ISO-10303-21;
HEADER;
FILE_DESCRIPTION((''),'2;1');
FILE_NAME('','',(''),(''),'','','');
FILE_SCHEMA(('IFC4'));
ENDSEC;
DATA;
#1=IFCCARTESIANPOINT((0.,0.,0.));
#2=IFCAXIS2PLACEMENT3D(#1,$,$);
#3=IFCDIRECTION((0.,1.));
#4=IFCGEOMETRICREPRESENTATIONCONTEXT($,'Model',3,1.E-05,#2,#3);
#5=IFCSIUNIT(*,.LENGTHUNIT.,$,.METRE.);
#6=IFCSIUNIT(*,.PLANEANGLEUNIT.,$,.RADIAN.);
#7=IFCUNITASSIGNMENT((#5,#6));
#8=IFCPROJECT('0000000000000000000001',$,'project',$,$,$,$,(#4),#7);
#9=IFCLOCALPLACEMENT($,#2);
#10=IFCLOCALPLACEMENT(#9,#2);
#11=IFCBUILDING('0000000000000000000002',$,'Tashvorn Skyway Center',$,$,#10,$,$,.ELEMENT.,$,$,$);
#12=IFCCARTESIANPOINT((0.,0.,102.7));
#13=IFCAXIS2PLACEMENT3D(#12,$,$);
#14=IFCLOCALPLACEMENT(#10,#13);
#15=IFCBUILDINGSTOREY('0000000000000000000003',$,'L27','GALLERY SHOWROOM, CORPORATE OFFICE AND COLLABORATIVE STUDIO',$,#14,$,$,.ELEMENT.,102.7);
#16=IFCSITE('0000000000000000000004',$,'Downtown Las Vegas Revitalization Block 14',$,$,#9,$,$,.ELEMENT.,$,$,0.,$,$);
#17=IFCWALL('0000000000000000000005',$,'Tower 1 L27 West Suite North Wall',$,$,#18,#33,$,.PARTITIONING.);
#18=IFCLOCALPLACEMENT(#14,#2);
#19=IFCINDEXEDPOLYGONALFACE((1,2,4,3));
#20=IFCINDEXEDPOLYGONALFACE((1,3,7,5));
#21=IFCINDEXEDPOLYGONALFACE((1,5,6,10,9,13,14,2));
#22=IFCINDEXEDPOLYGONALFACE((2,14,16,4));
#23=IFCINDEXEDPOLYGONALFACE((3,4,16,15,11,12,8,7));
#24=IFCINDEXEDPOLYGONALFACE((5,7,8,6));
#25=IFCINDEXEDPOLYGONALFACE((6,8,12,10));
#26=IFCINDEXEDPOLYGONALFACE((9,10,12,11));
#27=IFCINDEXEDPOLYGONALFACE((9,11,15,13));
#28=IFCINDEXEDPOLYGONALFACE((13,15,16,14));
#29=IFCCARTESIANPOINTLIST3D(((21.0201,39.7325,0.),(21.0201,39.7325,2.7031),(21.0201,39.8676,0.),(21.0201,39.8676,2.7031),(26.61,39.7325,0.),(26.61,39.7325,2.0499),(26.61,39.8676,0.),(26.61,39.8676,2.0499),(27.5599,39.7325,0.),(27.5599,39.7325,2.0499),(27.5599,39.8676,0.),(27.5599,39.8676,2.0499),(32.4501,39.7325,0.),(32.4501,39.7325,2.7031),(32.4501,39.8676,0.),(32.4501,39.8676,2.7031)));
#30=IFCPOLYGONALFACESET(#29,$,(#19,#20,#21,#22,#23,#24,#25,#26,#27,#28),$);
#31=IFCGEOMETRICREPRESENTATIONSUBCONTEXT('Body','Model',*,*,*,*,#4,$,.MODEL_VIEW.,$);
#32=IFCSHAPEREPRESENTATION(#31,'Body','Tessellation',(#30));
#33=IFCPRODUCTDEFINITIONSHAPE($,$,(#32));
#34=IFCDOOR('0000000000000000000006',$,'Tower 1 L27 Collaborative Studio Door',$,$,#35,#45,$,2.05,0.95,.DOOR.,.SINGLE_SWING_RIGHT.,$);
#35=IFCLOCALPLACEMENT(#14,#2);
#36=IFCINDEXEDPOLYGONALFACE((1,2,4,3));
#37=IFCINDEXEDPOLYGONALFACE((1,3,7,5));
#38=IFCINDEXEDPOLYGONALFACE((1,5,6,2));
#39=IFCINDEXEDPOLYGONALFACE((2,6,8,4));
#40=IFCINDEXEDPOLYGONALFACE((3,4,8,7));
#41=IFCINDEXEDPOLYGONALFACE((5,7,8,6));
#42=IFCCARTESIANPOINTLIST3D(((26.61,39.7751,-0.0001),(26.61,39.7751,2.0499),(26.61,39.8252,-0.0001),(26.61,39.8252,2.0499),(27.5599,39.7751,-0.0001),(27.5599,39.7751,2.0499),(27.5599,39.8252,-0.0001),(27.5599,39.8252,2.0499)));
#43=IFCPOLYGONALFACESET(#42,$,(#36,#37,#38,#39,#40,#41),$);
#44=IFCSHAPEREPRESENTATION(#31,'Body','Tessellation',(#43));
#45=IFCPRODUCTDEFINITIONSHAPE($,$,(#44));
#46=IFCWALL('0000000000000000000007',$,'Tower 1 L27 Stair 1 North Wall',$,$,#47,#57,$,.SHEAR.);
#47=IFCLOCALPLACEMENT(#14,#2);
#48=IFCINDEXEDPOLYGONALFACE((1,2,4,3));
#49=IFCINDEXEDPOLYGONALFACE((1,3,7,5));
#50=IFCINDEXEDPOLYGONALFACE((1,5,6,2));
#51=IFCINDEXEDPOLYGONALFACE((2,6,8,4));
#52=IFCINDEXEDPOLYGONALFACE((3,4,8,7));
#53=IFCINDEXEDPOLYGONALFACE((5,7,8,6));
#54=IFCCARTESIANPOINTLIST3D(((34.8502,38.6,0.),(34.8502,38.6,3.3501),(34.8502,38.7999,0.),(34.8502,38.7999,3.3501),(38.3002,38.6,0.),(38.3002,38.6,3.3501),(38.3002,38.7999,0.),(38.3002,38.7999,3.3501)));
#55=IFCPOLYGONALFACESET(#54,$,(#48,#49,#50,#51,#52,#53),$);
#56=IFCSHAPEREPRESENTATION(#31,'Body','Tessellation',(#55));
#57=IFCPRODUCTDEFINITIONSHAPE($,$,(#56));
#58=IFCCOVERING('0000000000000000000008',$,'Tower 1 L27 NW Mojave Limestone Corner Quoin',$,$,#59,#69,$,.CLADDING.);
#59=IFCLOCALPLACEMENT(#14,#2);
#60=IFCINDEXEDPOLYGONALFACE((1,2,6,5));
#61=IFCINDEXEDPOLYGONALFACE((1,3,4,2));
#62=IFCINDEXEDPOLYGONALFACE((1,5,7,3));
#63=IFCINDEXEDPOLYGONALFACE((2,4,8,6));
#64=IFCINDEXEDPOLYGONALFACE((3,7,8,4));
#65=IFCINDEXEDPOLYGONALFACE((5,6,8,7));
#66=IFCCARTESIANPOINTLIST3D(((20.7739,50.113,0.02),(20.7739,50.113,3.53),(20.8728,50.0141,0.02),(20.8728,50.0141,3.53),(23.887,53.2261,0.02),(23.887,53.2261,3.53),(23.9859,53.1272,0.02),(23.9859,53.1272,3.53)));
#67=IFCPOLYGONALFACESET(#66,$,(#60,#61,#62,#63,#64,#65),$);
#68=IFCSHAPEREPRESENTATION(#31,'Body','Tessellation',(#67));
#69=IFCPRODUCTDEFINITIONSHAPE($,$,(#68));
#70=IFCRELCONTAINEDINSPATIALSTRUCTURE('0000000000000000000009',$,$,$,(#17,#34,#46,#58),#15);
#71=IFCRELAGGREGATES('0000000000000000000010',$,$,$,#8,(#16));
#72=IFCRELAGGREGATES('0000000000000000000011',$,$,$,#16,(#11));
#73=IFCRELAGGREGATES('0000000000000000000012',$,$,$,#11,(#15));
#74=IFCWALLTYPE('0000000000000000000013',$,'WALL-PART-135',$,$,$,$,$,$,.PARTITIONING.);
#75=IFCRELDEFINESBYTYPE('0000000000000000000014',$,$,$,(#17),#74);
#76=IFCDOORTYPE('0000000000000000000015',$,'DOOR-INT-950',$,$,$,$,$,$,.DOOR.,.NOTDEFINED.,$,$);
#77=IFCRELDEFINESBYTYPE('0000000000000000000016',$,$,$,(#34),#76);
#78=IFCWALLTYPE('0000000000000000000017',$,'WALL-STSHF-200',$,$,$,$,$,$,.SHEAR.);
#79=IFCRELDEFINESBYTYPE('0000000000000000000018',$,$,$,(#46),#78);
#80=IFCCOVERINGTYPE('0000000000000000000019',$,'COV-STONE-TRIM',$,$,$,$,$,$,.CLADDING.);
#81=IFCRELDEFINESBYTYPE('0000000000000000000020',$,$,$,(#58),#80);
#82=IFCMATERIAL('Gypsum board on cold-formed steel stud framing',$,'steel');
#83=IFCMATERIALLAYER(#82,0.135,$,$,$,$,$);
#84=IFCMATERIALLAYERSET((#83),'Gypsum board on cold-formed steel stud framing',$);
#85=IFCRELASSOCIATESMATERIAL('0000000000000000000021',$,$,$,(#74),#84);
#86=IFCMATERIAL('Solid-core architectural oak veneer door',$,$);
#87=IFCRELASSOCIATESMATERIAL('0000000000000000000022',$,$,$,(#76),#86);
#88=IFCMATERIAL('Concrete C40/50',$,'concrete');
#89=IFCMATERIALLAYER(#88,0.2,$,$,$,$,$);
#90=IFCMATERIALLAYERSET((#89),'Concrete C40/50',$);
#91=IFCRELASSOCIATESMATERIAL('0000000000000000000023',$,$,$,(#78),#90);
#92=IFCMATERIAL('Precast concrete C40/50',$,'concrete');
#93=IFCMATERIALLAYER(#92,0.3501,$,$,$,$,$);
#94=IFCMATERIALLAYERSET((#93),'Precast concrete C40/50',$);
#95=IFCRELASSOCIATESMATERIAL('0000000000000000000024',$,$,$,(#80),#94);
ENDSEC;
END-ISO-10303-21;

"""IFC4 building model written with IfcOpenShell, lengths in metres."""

from ifc_helpers import new_model, si_unit, direction, frame, frame_2d, origin, origin_2d, place, context, subcontext, project, spatial, rectangle, extrude, material, layer, layer_set, type_object, element, fill, save


model = new_model("IFC4")

# Units and contexts
model_context = context("Model", 3, precision=1e-05, world=origin(), true_north=direction((0.0, 1.0)))
body_context = subcontext(model_context, "Body", "Model", "MODEL_VIEW")
ifc_project = project(units=[si_unit("LENGTHUNIT", "METRE"), si_unit("PLANEANGLEUNIT", "RADIAN")], contexts=[model_context])

# Site, building, storey
site_placement = place(None, origin())
site = spatial("IfcSite", under=ifc_project, at=site_placement, Name="Downtown Las Vegas Revitalization Block 14", CompositionType="ELEMENT", RefElevation=0.0)
building_placement = place(site_placement, origin())
building = spatial("IfcBuilding", under=site, at=building_placement, Name="Tashvorn Skyway Center", CompositionType="ELEMENT")
storey_placement = place(building_placement, frame((0.0, 0.0, 102.7)))
storey = spatial("IfcBuildingStorey", under=building, at=storey_placement, Name="L27", Description="GALLERY SHOWROOM, CORPORATE OFFICE AND COLLABORATIVE STUDIO", CompositionType="ELEMENT", Elevation=102.7)

# Shared definitions
ifc_material_1 = material(Name="Precast concrete C40/50", Category="concrete")
ifc_material_2 = material(Name="Gypsum board on cold-formed steel stud framing", Category="steel")

# Shared definitions
ifc_layer_1 = layer(ifc_material_2, 0.135)
ifc_layer_set_1 = layer_set([ifc_layer_1], Name="Gypsum board on cold-formed steel stud framing")
wall_type_1 = type_object("IfcWallType", Name="WALL-PART-135", PredefinedType="PARTITIONING", material=ifc_layer_set_1)
ifc_material_3 = material(Name="Solid-core architectural oak veneer door")
door_type_1 = type_object("IfcDoorType", Name="DOOR-INT-950", OperationType="NOTDEFINED", PredefinedType="DOOR", material=ifc_material_3)

# Wall, opening, door
wall_1_placement = place(storey_placement, frame((32.45, 39.8, 0.0), z_axis=(0.0, 0.0, 1.0), x_axis=(-1.0, 0.0, 0.0)))
wall_1 = element("IfcWall", 1, at=wall_1_placement, inside=storey, type_object=wall_type_1, Name="Tower 1 L27 West Suite North Wall", PredefinedType="PARTITIONING", context=body_context, shape_type="SweptSolid", body=[
    extrude(rectangle(XDim=11.4299, YDim=0.135, at=frame_2d((5.7148, 0.0))), origin(), (0.0, 0.0, 1.0), 2.7031),
])
opening_1_placement = place(wall_1_placement, frame((4.8899, 0.0, 0.0)))
opening_1 = element("IfcOpeningElement", 2, at=opening_1_placement, cuts=wall_1, PredefinedType="OPENING", context=body_context, shape_type="SweptSolid", body=[
    extrude(rectangle(XDim=0.95, YDim=2.05, at=frame_2d((0.4751, 1.0249))), frame((0.0, 0.0774, 0.0), z_axis=(0.0, -1.0, 0.0), x_axis=(1.0, 0.0, 0.0)), (0.0, 0.0, 1.0), 0.155),
])
door_1_placement = place(opening_1_placement, origin())
door_1 = element("IfcDoor", 3, at=door_1_placement, inside=storey, type_object=door_type_1, Name="Tower 1 L27 Collaborative Studio Door", OperationType="SINGLE_SWING_RIGHT", OverallHeight=2.05, OverallWidth=0.95, PredefinedType="DOOR", context=body_context, shape_type="SweptSolid", body=[
    extrude(rectangle(XDim=0.95, YDim=2.05, at=frame_2d((0.4751, 1.0249))), frame((0.0, 0.0249, 0.0), z_axis=(0.0, -1.0, 0.0), x_axis=(1.0, 0.0, 0.0)), (0.0, 0.0, 1.0), 0.05),
])
fill(opening_1, door_1)

# Wall
ifc_material_4 = material(Name="Concrete C40/50", Category="concrete")
ifc_layer_2 = layer(ifc_material_4, 0.2)
ifc_layer_set_2 = layer_set([ifc_layer_2], Name="Concrete C40/50")
wall_type_2 = type_object("IfcWallType", Name="WALL-STSHF-200", PredefinedType="SHEAR", material=ifc_layer_set_2)
wall_2_placement = place(storey_placement, frame((34.8501, 38.7, 0.0), z_axis=(0.0, 0.0, 1.0), x_axis=(1.0, 0.0, 0.0)))
element("IfcWall", 4, at=wall_2_placement, inside=storey, type_object=wall_type_2, Name="Tower 1 L27 Stair 1 North Wall", PredefinedType="SHEAR", context=body_context, shape_type="SweptSolid", body=[
    extrude(rectangle(XDim=3.45, YDim=0.2, at=frame_2d((1.7251, 0.0))), origin(), (0.0, 0.0, 1.0), 3.3501),
])

# Covering
ifc_layer_3 = layer(ifc_material_1, 0.3501)
ifc_layer_set_3 = layer_set([ifc_layer_3], Name="Precast concrete C40/50")
covering_type = type_object("IfcCoveringType", Name="COV-STONE-TRIM", PredefinedType="CLADDING", material=ifc_layer_set_3)
covering_placement = place(storey_placement, frame((22.3799, 51.6201, 0.02), z_axis=(0.0, 0.0, 1.0), x_axis=(-0.707107, -0.707107, 0.0)))
element("IfcCovering", 5, at=covering_placement, inside=storey, type_object=covering_type, Name="Tower 1 L27 NW Mojave Limestone Corner Quoin", PredefinedType="CLADDING", context=body_context, shape_type="SweptSolid", body=[
    extrude(rectangle(XDim=4.4026, YDim=0.1399, at=origin_2d()), origin(), (0.0, 0.0, 1.0), 3.51),
])

save(model, "model.ifc")
